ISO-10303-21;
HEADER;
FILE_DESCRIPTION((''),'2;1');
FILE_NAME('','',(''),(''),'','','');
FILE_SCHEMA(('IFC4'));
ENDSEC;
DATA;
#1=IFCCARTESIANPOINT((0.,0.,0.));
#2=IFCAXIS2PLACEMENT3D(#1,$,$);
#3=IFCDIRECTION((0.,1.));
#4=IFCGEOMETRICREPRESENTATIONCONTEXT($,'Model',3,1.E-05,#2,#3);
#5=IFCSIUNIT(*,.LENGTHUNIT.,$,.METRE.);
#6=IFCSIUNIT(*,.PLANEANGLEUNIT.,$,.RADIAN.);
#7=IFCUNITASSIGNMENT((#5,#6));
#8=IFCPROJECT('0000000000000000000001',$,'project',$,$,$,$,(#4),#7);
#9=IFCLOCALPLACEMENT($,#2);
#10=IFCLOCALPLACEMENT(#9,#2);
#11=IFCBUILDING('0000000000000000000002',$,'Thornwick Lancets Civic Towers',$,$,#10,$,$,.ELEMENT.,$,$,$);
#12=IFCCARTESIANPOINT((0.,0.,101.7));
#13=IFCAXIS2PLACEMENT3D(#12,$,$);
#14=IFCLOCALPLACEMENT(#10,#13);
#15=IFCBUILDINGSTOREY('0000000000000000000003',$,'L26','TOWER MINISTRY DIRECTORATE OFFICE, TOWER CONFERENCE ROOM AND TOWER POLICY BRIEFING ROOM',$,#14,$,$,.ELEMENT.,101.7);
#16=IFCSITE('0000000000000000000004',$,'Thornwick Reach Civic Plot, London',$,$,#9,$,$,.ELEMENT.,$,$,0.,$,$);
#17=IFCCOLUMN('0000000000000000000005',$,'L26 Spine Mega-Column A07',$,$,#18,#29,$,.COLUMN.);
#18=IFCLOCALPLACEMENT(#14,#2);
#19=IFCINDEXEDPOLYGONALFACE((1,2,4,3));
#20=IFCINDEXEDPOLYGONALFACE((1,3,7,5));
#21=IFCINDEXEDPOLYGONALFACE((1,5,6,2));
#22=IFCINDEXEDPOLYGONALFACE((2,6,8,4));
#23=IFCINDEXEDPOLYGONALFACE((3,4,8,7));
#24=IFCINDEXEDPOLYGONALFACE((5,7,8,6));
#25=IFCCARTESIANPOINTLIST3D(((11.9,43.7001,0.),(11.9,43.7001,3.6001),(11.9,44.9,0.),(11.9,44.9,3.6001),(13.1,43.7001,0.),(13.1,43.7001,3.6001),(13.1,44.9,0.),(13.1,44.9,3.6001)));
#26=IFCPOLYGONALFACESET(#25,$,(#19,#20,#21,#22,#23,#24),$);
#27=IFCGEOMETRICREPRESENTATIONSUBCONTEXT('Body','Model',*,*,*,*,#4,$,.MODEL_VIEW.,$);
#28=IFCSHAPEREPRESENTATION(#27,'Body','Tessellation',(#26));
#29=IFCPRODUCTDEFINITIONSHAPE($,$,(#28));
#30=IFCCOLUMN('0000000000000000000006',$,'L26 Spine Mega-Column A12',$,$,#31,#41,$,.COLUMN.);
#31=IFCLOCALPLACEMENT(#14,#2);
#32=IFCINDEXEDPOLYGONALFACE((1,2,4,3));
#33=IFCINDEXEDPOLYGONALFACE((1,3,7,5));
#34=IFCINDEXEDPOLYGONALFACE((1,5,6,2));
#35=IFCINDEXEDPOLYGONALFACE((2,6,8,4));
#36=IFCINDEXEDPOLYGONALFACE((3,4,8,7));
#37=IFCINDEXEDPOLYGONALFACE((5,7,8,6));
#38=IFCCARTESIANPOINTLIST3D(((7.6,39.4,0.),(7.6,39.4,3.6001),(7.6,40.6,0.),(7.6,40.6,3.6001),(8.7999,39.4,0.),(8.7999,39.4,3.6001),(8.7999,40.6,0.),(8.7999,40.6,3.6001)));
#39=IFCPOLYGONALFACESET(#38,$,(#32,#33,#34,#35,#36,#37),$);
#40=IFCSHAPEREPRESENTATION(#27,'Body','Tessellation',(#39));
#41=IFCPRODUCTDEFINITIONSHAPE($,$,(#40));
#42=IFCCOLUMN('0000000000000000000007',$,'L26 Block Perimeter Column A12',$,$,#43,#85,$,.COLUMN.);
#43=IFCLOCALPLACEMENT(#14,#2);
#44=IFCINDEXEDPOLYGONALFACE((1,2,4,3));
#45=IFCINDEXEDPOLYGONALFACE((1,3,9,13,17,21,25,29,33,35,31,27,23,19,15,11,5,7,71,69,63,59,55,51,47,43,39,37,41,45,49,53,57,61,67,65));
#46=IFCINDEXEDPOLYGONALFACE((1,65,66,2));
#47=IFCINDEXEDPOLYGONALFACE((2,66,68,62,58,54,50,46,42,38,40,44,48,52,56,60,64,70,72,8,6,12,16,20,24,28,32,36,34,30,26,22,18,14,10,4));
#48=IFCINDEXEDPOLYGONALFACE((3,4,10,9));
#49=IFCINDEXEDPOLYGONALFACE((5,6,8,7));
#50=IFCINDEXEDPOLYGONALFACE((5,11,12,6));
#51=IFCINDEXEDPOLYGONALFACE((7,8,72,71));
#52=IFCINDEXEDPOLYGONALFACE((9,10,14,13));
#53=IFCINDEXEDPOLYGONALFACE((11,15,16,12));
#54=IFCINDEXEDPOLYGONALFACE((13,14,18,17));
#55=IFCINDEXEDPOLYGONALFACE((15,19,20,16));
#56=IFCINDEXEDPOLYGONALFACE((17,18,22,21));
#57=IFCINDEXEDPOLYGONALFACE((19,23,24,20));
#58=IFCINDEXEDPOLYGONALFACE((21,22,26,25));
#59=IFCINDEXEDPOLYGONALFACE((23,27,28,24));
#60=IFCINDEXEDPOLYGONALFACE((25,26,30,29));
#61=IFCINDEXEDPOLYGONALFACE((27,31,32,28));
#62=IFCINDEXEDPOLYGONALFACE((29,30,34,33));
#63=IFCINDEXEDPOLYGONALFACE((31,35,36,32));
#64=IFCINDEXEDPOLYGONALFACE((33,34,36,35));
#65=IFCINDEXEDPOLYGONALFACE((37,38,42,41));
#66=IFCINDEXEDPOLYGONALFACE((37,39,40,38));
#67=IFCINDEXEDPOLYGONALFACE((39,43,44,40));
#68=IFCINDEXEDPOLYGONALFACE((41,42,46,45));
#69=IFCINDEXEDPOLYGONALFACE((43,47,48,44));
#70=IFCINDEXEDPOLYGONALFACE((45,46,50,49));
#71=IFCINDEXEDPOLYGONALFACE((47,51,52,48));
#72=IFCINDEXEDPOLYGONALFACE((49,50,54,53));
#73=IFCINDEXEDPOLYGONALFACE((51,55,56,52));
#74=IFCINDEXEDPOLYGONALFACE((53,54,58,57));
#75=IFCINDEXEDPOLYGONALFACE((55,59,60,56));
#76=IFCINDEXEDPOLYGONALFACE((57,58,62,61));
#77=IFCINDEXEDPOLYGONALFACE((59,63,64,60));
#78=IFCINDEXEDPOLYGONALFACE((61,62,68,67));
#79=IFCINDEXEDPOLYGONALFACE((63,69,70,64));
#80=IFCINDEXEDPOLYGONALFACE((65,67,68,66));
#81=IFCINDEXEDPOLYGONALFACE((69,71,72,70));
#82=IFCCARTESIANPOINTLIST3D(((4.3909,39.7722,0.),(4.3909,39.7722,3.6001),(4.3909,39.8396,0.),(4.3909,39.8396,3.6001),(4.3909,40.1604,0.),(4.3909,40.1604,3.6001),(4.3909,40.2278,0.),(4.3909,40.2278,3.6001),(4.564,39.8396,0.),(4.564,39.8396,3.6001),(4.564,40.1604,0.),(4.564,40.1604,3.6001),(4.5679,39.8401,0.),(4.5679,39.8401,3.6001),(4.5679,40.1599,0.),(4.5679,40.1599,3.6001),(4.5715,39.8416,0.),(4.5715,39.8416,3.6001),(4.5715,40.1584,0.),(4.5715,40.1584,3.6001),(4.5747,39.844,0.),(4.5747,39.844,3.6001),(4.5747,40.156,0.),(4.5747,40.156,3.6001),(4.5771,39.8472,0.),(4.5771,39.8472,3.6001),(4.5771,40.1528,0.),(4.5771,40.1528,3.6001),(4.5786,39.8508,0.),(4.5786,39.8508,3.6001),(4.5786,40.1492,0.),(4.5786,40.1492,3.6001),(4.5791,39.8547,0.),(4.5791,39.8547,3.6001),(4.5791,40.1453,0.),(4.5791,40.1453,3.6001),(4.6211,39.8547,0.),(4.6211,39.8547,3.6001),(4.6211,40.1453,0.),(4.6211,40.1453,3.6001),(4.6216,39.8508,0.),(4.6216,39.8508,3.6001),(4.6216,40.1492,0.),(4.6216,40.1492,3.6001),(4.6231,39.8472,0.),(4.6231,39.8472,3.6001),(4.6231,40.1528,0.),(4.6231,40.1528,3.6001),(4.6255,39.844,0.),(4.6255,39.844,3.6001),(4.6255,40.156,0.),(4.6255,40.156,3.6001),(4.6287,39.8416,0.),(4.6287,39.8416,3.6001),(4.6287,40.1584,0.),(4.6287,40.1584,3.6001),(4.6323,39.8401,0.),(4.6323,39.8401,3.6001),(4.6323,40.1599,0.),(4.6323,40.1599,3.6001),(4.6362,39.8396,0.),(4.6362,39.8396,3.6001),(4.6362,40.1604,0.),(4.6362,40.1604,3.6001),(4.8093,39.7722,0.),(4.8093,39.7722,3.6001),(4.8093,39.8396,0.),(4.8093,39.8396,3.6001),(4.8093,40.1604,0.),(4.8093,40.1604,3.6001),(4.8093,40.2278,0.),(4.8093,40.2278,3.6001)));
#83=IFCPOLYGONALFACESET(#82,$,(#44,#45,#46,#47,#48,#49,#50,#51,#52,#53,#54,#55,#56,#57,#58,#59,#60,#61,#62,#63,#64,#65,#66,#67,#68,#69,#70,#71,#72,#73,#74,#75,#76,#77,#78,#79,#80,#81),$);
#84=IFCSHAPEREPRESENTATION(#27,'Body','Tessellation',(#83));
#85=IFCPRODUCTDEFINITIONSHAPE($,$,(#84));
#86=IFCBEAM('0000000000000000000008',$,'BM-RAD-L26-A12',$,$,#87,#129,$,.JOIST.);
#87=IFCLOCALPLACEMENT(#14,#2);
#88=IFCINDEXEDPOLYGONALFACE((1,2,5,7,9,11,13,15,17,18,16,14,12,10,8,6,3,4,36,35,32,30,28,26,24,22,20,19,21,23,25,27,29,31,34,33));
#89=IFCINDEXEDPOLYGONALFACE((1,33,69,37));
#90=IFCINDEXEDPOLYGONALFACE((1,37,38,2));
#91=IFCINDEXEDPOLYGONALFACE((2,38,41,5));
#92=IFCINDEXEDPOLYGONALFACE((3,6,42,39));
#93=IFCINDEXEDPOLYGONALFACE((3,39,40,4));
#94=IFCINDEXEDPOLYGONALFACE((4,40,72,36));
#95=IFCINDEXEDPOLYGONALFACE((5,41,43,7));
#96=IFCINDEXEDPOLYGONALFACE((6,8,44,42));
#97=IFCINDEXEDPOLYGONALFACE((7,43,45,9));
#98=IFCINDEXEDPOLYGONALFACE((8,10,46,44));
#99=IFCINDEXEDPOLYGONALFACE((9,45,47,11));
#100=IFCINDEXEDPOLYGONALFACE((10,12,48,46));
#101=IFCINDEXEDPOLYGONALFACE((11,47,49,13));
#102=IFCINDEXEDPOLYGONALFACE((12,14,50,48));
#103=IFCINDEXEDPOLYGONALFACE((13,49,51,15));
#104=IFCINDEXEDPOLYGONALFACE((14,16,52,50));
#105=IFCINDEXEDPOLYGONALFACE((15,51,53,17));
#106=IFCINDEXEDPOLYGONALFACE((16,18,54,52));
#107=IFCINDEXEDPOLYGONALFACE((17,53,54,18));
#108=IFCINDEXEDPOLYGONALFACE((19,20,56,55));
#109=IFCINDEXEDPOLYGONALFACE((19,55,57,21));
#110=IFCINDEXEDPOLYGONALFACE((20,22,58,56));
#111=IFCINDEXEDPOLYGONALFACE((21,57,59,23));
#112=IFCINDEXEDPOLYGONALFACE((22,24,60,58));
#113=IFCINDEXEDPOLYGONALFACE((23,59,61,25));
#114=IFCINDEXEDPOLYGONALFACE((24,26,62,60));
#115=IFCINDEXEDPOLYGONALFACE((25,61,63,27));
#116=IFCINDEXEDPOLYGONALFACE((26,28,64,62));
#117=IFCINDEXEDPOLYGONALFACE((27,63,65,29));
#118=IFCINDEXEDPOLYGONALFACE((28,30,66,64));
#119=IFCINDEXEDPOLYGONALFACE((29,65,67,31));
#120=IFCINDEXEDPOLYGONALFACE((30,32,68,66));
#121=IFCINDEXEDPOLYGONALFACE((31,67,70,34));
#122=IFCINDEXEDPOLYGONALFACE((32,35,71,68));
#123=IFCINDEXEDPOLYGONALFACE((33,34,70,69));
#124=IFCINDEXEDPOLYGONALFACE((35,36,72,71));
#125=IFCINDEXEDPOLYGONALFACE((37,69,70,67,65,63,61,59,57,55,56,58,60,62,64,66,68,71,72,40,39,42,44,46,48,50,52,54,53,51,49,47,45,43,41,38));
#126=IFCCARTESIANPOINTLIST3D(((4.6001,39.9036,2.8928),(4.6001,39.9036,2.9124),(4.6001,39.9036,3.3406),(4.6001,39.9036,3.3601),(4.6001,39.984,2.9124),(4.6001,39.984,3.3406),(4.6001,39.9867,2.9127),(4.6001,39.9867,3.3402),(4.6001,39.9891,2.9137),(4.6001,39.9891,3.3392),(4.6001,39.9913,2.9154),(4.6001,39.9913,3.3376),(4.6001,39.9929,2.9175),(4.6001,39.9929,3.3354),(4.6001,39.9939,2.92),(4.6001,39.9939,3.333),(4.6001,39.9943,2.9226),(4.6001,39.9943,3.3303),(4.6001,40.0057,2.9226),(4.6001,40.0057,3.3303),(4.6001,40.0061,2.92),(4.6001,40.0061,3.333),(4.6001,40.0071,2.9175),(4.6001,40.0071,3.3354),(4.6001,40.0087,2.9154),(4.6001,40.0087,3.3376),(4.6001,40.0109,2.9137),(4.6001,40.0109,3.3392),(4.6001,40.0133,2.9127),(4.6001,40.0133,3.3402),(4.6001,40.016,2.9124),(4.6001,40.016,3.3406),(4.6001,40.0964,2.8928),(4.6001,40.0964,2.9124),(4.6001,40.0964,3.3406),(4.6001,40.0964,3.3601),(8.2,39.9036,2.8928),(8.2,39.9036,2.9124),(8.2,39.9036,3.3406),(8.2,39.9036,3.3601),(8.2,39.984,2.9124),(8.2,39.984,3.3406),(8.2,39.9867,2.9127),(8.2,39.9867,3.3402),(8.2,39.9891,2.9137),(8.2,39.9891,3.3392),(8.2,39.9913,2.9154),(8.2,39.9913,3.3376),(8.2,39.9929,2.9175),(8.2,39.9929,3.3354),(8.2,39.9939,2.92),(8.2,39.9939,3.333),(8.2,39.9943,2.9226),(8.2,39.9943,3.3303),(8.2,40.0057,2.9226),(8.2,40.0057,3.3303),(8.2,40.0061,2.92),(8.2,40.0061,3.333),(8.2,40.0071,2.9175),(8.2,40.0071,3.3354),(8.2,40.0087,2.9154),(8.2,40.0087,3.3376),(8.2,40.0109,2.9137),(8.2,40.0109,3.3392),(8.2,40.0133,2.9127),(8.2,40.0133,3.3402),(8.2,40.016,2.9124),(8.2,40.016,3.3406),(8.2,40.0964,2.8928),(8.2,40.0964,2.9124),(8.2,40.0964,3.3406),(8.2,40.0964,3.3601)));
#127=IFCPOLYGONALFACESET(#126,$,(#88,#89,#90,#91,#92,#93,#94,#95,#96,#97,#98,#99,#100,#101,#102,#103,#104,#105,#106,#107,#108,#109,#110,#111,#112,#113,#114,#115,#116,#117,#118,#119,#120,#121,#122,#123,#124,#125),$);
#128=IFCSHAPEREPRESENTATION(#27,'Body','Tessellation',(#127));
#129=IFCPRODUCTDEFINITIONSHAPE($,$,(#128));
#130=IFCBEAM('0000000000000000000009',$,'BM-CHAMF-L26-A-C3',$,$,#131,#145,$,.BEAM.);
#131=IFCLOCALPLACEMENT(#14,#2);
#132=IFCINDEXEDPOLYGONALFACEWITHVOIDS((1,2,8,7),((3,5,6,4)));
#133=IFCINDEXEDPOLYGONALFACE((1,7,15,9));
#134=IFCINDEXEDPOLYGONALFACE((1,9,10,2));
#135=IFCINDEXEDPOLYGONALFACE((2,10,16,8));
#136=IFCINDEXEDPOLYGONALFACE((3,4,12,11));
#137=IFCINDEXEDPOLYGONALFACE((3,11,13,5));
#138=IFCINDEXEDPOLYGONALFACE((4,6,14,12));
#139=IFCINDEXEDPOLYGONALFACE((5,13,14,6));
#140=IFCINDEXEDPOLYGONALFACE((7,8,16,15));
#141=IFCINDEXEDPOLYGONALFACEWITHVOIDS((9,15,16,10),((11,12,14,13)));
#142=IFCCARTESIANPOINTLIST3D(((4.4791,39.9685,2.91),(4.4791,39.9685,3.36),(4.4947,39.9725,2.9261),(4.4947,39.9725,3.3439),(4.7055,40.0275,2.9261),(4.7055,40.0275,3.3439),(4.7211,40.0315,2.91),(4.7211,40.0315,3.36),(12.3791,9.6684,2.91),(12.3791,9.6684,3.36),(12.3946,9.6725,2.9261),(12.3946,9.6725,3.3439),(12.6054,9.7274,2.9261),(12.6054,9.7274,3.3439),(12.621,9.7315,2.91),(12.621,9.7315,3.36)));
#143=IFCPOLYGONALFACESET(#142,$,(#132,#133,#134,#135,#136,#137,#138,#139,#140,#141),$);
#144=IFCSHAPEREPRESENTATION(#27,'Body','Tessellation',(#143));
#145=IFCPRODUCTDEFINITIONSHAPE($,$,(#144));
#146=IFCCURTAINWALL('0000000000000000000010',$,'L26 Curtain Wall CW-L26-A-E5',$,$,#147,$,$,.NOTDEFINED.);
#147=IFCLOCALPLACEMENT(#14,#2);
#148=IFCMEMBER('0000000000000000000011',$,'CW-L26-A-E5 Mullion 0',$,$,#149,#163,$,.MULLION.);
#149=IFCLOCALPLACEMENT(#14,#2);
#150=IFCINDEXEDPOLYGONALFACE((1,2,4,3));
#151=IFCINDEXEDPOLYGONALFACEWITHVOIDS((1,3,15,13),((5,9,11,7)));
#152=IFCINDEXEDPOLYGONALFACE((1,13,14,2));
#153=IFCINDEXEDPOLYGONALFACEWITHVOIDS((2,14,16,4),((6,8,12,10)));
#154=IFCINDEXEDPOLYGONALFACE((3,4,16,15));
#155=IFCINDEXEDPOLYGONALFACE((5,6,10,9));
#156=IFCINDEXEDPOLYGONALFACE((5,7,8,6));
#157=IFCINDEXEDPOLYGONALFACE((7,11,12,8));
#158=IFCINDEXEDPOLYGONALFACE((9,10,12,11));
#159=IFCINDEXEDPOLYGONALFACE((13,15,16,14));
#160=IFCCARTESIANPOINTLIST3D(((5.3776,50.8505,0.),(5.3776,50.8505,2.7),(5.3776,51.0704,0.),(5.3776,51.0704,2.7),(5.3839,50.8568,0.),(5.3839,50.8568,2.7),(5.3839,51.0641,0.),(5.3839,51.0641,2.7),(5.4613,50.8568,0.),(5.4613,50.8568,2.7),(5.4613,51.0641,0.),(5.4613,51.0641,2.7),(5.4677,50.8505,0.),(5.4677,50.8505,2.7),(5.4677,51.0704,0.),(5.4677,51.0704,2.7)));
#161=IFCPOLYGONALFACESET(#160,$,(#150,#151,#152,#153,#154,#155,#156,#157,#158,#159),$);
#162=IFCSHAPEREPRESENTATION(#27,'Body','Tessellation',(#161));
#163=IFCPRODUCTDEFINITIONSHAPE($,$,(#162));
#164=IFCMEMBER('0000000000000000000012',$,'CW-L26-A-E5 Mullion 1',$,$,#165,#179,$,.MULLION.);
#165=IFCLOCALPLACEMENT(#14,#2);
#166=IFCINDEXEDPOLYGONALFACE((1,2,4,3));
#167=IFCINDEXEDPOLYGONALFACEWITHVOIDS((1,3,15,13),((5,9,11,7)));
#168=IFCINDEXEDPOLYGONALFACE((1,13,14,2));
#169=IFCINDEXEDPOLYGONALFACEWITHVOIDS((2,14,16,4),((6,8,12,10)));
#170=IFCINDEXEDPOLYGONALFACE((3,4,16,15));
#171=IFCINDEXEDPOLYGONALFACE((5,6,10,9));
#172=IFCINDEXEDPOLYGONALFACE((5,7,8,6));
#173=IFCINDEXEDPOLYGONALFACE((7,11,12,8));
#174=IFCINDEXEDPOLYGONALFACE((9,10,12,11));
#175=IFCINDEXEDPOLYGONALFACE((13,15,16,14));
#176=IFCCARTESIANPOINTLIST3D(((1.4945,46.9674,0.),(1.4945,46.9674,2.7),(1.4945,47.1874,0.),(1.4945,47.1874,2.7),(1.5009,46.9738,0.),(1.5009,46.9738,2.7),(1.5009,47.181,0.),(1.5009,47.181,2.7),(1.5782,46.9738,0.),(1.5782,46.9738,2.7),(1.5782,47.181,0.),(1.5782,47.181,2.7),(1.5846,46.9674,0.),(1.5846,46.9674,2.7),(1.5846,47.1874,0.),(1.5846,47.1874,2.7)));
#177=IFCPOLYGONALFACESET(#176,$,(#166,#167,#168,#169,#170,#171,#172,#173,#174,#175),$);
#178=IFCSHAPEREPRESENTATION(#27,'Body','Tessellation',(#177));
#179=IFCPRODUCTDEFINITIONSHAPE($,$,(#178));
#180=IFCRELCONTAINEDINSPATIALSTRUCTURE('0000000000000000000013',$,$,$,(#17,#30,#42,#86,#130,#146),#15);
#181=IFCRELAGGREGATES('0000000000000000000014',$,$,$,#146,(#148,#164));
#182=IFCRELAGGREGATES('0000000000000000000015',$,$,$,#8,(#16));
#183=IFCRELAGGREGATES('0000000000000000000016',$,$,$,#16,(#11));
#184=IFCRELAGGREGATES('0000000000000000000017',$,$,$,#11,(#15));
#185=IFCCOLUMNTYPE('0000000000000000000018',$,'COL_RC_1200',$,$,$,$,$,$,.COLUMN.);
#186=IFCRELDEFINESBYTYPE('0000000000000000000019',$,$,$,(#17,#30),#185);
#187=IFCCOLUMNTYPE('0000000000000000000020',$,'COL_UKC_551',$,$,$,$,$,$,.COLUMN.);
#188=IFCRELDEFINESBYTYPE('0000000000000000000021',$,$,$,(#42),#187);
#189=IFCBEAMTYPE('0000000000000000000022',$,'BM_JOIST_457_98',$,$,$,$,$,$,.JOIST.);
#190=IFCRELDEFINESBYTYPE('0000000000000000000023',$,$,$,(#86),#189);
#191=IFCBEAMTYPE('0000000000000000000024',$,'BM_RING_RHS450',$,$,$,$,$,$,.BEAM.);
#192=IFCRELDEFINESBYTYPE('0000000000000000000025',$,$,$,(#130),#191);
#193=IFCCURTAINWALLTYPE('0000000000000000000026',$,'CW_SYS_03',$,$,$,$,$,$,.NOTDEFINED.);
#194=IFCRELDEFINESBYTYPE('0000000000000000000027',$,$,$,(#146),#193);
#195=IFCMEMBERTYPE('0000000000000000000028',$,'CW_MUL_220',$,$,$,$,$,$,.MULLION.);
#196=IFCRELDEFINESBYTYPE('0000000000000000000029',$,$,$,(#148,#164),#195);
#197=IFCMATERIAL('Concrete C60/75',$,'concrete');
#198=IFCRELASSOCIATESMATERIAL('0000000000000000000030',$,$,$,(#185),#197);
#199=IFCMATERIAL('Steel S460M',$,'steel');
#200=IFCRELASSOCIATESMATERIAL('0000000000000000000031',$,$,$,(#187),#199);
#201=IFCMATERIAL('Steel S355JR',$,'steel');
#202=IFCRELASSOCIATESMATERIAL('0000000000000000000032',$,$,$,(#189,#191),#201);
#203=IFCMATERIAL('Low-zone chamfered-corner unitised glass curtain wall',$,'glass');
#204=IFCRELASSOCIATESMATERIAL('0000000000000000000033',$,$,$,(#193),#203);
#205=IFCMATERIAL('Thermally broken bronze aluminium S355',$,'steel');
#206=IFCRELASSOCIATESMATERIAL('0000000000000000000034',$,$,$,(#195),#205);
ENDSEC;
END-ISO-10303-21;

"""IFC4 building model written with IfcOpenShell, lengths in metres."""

from ifc_helpers import new_model, si_unit, direction, frame, origin, origin_2d, place, context, subcontext, project, spatial, rectangle, hollow_rectangle, i_section, extrude, material, material_profile, profile_set, type_object, element, aggregate, save


model = new_model("IFC4")

# Units and contexts
model_context = context("Model", 3, precision=1e-05, world=origin(), true_north=direction((0.0, 1.0)))
body_context = subcontext(model_context, "Body", "Model", "MODEL_VIEW")
ifc_project = project(units=[si_unit("LENGTHUNIT", "METRE"), si_unit("PLANEANGLEUNIT", "RADIAN")], contexts=[model_context])

# Site, building, storey
site_placement = place(None, origin())
site = spatial("IfcSite", under=ifc_project, at=site_placement, Name="Thornwick Reach Civic Plot, London", CompositionType="ELEMENT", RefElevation=0.0)
building_placement = place(site_placement, origin())
building = spatial("IfcBuilding", under=site, at=building_placement, Name="Thornwick Lancets Civic Towers", CompositionType="ELEMENT")
storey_placement = place(building_placement, frame((0.0, 0.0, 101.7)))
storey = spatial("IfcBuildingStorey", under=building, at=storey_placement, Name="L26", Description="TOWER MINISTRY DIRECTORATE OFFICE, TOWER CONFERENCE ROOM AND TOWER POLICY BRIEFING ROOM", CompositionType="ELEMENT", Elevation=101.7)

# Columns
ifc_material_1 = material(Name="Concrete C60/75", Category="concrete")
ifc_material_profile_1 = material_profile(ifc_material_1, rectangle(XDim=1.2, YDim=1.2, at=origin_2d()), Name="RC 1200x1200")
ifc_profile_set_1 = profile_set([ifc_material_profile_1], Name="Concrete C60/75")
column_type_1 = type_object("IfcColumnType", Name="COL_RC_1200", PredefinedType="COLUMN", material=ifc_profile_set_1)
for number, where, z_axis, x_axis, name in (
    (1, (12.5, 44.3, 0.0), (0.0, 0.0, 1.0), (1.0, 0.0, 0.0), "L26 Spine Mega-Column A07"),
    (2, (8.2, 40.0, 0.0), (0.0, 0.0, 1.0), (1.0, 0.0, 0.0), "L26 Spine Mega-Column A12"),
):
    element("IfcColumn", number, at=place(storey_placement, frame(where, z_axis=z_axis, x_axis=x_axis)), inside=storey, type_object=column_type_1, Name=name, PredefinedType="COLUMN", context=body_context, shape_type="SweptSolid", body=[
        extrude(rectangle(XDim=1.2, YDim=1.2, at=origin_2d()), origin(), (0.0, 0.0, 1.0), 3.6001),
    ])
ifc_material_2 = material(Name="Steel S460M", Category="steel")
ifc_material_profile_2 = material_profile(ifc_material_2, i_section(OverallWidth=0.4185, OverallDepth=0.4556, WebThickness=0.042, FlangeThickness=0.0674, FilletRadius=0.0151, at=origin_2d()), Name="UKC 356x406x551")
ifc_profile_set_2 = profile_set([ifc_material_profile_2], Name="Steel S460M")
column_type_2 = type_object("IfcColumnType", Name="COL_UKC_551", PredefinedType="COLUMN", material=ifc_profile_set_2)
column_placement = place(storey_placement, frame((4.6001, 40.0, 0.0), z_axis=(0.0, 0.0, 1.0), x_axis=(1.0, 0.0, 0.0)))
element("IfcColumn", 3, at=column_placement, inside=storey, type_object=column_type_2, Name="L26 Block Perimeter Column A12", PredefinedType="COLUMN", context=body_context, shape_type="SweptSolid", body=[
    extrude(i_section(OverallWidth=0.4185, OverallDepth=0.4556, WebThickness=0.042, FlangeThickness=0.0674, FilletRadius=0.0151, at=origin_2d()), origin(), (0.0, 0.0, 1.0), 3.6001),
])

# Beams
ifc_material_3 = material(Name="Steel S355JR", Category="steel")
ifc_material_profile_3 = material_profile(ifc_material_3, i_section(OverallWidth=0.1929, OverallDepth=0.4673, WebThickness=0.0115, FlangeThickness=0.0195, FilletRadius=0.0103, at=origin_2d()), Name="UKB 457x191x98")
ifc_profile_set_3 = profile_set([ifc_material_profile_3], Name="Steel S355JR")
beam_type_1 = type_object("IfcBeamType", Name="BM_JOIST_457_98", PredefinedType="JOIST", material=ifc_profile_set_3)
beam_1_placement = place(storey_placement, frame((8.2, 40.0, 3.1265), z_axis=(-1.0, 0.0, 0.0), x_axis=(0.0, -1.0, 0.0)))
element("IfcBeam", 4, at=beam_1_placement, inside=storey, type_object=beam_type_1, Name="BM-RAD-L26-A12", PredefinedType="JOIST", context=body_context, shape_type="SweptSolid", body=[
    extrude(i_section(OverallWidth=0.1929, OverallDepth=0.4673, WebThickness=0.0115, FlangeThickness=0.0195, FilletRadius=0.0103, at=origin_2d()), origin(), (0.0, 0.0, 1.0), 3.5999),
])
ifc_material_profile_4 = material_profile(ifc_material_3, hollow_rectangle(XDim=0.25, YDim=0.45, WallThickness=0.0161, at=origin_2d()), Name="RHS 450x250x16")
ifc_profile_set_4 = profile_set([ifc_material_profile_4], Name="Steel S355JR")
beam_type_2 = type_object("IfcBeamType", Name="BM_RING_RHS450", PredefinedType="BEAM", material=ifc_profile_set_4)
beam_2_placement = place(storey_placement, frame((4.6001, 40.0, 3.135), z_axis=(0.252289, -0.967652, 0.0), x_axis=(0.967652, 0.252289, 0.0)))
element("IfcBeam", 5, at=beam_2_placement, inside=storey, type_object=beam_type_2, Name="BM-CHAMF-L26-A-C3", PredefinedType="BEAM", context=body_context, shape_type="SweptSolid", body=[
    extrude(hollow_rectangle(XDim=0.25, YDim=0.45, WallThickness=0.0161, at=origin_2d()), origin(), (0.0, 0.0, 1.0), 31.313),
])

# Curtain wall, members
ifc_material_4 = material(Name="Low-zone chamfered-corner unitised glass curtain wall", Category="glass")
curtain_wall_type = type_object("IfcCurtainWallType", Name="CW_SYS_03", PredefinedType="NOTDEFINED", material=ifc_material_4)
curtain_wall_placement = place(storey_placement, origin())
curtain_wall = element("IfcCurtainWall", 6, at=curtain_wall_placement, inside=storey, type_object=curtain_wall_type, Name="L26 Curtain Wall CW-L26-A-E5", PredefinedType="NOTDEFINED")
ifc_material_5 = material(Name="Thermally broken bronze aluminium S355", Category="steel")
ifc_material_profile_5 = material_profile(ifc_material_5, hollow_rectangle(XDim=0.0901, YDim=0.22, WallThickness=0.0063, at=origin_2d()), Name="RHS 220x90x6.3")
ifc_profile_set_5 = profile_set([ifc_material_profile_5], Name="Thermally broken bronze aluminium S355")
member_type_1 = type_object("IfcMemberType", Name="CW_MUL_220", PredefinedType="MULLION", material=ifc_profile_set_5)
member_1_placement = place(storey_placement, frame((5.4226, 50.9604, 0.0), z_axis=(0.0, 0.0, 1.0), x_axis=(1.0, 0.0, 0.0)))
member_1 = element("IfcMember", 7, at=member_1_placement, type_object=member_type_1, Name="CW-L26-A-E5 Mullion 0", PredefinedType="MULLION", context=body_context, shape_type="SweptSolid", body=[
    extrude(hollow_rectangle(XDim=0.0901, YDim=0.22, WallThickness=0.0063, at=origin_2d()), origin(), (0.0, 0.0, 1.0), 2.7),
])
member_2_placement = place(storey_placement, frame((1.5396, 47.0774, 0.0), z_axis=(0.0, 0.0, 1.0), x_axis=(1.0, 0.0, 0.0)))
member_2 = element("IfcMember", 8, at=member_2_placement, type_object=member_type_1, Name="CW-L26-A-E5 Mullion 1", PredefinedType="MULLION", context=body_context, shape_type="SweptSolid", body=[
    extrude(hollow_rectangle(XDim=0.0901, YDim=0.22, WallThickness=0.0063, at=origin_2d()), origin(), (0.0, 0.0, 1.0), 2.7),
])
aggregate(curtain_wall, [member_1, member_2])

save(model, "model.ifc")
